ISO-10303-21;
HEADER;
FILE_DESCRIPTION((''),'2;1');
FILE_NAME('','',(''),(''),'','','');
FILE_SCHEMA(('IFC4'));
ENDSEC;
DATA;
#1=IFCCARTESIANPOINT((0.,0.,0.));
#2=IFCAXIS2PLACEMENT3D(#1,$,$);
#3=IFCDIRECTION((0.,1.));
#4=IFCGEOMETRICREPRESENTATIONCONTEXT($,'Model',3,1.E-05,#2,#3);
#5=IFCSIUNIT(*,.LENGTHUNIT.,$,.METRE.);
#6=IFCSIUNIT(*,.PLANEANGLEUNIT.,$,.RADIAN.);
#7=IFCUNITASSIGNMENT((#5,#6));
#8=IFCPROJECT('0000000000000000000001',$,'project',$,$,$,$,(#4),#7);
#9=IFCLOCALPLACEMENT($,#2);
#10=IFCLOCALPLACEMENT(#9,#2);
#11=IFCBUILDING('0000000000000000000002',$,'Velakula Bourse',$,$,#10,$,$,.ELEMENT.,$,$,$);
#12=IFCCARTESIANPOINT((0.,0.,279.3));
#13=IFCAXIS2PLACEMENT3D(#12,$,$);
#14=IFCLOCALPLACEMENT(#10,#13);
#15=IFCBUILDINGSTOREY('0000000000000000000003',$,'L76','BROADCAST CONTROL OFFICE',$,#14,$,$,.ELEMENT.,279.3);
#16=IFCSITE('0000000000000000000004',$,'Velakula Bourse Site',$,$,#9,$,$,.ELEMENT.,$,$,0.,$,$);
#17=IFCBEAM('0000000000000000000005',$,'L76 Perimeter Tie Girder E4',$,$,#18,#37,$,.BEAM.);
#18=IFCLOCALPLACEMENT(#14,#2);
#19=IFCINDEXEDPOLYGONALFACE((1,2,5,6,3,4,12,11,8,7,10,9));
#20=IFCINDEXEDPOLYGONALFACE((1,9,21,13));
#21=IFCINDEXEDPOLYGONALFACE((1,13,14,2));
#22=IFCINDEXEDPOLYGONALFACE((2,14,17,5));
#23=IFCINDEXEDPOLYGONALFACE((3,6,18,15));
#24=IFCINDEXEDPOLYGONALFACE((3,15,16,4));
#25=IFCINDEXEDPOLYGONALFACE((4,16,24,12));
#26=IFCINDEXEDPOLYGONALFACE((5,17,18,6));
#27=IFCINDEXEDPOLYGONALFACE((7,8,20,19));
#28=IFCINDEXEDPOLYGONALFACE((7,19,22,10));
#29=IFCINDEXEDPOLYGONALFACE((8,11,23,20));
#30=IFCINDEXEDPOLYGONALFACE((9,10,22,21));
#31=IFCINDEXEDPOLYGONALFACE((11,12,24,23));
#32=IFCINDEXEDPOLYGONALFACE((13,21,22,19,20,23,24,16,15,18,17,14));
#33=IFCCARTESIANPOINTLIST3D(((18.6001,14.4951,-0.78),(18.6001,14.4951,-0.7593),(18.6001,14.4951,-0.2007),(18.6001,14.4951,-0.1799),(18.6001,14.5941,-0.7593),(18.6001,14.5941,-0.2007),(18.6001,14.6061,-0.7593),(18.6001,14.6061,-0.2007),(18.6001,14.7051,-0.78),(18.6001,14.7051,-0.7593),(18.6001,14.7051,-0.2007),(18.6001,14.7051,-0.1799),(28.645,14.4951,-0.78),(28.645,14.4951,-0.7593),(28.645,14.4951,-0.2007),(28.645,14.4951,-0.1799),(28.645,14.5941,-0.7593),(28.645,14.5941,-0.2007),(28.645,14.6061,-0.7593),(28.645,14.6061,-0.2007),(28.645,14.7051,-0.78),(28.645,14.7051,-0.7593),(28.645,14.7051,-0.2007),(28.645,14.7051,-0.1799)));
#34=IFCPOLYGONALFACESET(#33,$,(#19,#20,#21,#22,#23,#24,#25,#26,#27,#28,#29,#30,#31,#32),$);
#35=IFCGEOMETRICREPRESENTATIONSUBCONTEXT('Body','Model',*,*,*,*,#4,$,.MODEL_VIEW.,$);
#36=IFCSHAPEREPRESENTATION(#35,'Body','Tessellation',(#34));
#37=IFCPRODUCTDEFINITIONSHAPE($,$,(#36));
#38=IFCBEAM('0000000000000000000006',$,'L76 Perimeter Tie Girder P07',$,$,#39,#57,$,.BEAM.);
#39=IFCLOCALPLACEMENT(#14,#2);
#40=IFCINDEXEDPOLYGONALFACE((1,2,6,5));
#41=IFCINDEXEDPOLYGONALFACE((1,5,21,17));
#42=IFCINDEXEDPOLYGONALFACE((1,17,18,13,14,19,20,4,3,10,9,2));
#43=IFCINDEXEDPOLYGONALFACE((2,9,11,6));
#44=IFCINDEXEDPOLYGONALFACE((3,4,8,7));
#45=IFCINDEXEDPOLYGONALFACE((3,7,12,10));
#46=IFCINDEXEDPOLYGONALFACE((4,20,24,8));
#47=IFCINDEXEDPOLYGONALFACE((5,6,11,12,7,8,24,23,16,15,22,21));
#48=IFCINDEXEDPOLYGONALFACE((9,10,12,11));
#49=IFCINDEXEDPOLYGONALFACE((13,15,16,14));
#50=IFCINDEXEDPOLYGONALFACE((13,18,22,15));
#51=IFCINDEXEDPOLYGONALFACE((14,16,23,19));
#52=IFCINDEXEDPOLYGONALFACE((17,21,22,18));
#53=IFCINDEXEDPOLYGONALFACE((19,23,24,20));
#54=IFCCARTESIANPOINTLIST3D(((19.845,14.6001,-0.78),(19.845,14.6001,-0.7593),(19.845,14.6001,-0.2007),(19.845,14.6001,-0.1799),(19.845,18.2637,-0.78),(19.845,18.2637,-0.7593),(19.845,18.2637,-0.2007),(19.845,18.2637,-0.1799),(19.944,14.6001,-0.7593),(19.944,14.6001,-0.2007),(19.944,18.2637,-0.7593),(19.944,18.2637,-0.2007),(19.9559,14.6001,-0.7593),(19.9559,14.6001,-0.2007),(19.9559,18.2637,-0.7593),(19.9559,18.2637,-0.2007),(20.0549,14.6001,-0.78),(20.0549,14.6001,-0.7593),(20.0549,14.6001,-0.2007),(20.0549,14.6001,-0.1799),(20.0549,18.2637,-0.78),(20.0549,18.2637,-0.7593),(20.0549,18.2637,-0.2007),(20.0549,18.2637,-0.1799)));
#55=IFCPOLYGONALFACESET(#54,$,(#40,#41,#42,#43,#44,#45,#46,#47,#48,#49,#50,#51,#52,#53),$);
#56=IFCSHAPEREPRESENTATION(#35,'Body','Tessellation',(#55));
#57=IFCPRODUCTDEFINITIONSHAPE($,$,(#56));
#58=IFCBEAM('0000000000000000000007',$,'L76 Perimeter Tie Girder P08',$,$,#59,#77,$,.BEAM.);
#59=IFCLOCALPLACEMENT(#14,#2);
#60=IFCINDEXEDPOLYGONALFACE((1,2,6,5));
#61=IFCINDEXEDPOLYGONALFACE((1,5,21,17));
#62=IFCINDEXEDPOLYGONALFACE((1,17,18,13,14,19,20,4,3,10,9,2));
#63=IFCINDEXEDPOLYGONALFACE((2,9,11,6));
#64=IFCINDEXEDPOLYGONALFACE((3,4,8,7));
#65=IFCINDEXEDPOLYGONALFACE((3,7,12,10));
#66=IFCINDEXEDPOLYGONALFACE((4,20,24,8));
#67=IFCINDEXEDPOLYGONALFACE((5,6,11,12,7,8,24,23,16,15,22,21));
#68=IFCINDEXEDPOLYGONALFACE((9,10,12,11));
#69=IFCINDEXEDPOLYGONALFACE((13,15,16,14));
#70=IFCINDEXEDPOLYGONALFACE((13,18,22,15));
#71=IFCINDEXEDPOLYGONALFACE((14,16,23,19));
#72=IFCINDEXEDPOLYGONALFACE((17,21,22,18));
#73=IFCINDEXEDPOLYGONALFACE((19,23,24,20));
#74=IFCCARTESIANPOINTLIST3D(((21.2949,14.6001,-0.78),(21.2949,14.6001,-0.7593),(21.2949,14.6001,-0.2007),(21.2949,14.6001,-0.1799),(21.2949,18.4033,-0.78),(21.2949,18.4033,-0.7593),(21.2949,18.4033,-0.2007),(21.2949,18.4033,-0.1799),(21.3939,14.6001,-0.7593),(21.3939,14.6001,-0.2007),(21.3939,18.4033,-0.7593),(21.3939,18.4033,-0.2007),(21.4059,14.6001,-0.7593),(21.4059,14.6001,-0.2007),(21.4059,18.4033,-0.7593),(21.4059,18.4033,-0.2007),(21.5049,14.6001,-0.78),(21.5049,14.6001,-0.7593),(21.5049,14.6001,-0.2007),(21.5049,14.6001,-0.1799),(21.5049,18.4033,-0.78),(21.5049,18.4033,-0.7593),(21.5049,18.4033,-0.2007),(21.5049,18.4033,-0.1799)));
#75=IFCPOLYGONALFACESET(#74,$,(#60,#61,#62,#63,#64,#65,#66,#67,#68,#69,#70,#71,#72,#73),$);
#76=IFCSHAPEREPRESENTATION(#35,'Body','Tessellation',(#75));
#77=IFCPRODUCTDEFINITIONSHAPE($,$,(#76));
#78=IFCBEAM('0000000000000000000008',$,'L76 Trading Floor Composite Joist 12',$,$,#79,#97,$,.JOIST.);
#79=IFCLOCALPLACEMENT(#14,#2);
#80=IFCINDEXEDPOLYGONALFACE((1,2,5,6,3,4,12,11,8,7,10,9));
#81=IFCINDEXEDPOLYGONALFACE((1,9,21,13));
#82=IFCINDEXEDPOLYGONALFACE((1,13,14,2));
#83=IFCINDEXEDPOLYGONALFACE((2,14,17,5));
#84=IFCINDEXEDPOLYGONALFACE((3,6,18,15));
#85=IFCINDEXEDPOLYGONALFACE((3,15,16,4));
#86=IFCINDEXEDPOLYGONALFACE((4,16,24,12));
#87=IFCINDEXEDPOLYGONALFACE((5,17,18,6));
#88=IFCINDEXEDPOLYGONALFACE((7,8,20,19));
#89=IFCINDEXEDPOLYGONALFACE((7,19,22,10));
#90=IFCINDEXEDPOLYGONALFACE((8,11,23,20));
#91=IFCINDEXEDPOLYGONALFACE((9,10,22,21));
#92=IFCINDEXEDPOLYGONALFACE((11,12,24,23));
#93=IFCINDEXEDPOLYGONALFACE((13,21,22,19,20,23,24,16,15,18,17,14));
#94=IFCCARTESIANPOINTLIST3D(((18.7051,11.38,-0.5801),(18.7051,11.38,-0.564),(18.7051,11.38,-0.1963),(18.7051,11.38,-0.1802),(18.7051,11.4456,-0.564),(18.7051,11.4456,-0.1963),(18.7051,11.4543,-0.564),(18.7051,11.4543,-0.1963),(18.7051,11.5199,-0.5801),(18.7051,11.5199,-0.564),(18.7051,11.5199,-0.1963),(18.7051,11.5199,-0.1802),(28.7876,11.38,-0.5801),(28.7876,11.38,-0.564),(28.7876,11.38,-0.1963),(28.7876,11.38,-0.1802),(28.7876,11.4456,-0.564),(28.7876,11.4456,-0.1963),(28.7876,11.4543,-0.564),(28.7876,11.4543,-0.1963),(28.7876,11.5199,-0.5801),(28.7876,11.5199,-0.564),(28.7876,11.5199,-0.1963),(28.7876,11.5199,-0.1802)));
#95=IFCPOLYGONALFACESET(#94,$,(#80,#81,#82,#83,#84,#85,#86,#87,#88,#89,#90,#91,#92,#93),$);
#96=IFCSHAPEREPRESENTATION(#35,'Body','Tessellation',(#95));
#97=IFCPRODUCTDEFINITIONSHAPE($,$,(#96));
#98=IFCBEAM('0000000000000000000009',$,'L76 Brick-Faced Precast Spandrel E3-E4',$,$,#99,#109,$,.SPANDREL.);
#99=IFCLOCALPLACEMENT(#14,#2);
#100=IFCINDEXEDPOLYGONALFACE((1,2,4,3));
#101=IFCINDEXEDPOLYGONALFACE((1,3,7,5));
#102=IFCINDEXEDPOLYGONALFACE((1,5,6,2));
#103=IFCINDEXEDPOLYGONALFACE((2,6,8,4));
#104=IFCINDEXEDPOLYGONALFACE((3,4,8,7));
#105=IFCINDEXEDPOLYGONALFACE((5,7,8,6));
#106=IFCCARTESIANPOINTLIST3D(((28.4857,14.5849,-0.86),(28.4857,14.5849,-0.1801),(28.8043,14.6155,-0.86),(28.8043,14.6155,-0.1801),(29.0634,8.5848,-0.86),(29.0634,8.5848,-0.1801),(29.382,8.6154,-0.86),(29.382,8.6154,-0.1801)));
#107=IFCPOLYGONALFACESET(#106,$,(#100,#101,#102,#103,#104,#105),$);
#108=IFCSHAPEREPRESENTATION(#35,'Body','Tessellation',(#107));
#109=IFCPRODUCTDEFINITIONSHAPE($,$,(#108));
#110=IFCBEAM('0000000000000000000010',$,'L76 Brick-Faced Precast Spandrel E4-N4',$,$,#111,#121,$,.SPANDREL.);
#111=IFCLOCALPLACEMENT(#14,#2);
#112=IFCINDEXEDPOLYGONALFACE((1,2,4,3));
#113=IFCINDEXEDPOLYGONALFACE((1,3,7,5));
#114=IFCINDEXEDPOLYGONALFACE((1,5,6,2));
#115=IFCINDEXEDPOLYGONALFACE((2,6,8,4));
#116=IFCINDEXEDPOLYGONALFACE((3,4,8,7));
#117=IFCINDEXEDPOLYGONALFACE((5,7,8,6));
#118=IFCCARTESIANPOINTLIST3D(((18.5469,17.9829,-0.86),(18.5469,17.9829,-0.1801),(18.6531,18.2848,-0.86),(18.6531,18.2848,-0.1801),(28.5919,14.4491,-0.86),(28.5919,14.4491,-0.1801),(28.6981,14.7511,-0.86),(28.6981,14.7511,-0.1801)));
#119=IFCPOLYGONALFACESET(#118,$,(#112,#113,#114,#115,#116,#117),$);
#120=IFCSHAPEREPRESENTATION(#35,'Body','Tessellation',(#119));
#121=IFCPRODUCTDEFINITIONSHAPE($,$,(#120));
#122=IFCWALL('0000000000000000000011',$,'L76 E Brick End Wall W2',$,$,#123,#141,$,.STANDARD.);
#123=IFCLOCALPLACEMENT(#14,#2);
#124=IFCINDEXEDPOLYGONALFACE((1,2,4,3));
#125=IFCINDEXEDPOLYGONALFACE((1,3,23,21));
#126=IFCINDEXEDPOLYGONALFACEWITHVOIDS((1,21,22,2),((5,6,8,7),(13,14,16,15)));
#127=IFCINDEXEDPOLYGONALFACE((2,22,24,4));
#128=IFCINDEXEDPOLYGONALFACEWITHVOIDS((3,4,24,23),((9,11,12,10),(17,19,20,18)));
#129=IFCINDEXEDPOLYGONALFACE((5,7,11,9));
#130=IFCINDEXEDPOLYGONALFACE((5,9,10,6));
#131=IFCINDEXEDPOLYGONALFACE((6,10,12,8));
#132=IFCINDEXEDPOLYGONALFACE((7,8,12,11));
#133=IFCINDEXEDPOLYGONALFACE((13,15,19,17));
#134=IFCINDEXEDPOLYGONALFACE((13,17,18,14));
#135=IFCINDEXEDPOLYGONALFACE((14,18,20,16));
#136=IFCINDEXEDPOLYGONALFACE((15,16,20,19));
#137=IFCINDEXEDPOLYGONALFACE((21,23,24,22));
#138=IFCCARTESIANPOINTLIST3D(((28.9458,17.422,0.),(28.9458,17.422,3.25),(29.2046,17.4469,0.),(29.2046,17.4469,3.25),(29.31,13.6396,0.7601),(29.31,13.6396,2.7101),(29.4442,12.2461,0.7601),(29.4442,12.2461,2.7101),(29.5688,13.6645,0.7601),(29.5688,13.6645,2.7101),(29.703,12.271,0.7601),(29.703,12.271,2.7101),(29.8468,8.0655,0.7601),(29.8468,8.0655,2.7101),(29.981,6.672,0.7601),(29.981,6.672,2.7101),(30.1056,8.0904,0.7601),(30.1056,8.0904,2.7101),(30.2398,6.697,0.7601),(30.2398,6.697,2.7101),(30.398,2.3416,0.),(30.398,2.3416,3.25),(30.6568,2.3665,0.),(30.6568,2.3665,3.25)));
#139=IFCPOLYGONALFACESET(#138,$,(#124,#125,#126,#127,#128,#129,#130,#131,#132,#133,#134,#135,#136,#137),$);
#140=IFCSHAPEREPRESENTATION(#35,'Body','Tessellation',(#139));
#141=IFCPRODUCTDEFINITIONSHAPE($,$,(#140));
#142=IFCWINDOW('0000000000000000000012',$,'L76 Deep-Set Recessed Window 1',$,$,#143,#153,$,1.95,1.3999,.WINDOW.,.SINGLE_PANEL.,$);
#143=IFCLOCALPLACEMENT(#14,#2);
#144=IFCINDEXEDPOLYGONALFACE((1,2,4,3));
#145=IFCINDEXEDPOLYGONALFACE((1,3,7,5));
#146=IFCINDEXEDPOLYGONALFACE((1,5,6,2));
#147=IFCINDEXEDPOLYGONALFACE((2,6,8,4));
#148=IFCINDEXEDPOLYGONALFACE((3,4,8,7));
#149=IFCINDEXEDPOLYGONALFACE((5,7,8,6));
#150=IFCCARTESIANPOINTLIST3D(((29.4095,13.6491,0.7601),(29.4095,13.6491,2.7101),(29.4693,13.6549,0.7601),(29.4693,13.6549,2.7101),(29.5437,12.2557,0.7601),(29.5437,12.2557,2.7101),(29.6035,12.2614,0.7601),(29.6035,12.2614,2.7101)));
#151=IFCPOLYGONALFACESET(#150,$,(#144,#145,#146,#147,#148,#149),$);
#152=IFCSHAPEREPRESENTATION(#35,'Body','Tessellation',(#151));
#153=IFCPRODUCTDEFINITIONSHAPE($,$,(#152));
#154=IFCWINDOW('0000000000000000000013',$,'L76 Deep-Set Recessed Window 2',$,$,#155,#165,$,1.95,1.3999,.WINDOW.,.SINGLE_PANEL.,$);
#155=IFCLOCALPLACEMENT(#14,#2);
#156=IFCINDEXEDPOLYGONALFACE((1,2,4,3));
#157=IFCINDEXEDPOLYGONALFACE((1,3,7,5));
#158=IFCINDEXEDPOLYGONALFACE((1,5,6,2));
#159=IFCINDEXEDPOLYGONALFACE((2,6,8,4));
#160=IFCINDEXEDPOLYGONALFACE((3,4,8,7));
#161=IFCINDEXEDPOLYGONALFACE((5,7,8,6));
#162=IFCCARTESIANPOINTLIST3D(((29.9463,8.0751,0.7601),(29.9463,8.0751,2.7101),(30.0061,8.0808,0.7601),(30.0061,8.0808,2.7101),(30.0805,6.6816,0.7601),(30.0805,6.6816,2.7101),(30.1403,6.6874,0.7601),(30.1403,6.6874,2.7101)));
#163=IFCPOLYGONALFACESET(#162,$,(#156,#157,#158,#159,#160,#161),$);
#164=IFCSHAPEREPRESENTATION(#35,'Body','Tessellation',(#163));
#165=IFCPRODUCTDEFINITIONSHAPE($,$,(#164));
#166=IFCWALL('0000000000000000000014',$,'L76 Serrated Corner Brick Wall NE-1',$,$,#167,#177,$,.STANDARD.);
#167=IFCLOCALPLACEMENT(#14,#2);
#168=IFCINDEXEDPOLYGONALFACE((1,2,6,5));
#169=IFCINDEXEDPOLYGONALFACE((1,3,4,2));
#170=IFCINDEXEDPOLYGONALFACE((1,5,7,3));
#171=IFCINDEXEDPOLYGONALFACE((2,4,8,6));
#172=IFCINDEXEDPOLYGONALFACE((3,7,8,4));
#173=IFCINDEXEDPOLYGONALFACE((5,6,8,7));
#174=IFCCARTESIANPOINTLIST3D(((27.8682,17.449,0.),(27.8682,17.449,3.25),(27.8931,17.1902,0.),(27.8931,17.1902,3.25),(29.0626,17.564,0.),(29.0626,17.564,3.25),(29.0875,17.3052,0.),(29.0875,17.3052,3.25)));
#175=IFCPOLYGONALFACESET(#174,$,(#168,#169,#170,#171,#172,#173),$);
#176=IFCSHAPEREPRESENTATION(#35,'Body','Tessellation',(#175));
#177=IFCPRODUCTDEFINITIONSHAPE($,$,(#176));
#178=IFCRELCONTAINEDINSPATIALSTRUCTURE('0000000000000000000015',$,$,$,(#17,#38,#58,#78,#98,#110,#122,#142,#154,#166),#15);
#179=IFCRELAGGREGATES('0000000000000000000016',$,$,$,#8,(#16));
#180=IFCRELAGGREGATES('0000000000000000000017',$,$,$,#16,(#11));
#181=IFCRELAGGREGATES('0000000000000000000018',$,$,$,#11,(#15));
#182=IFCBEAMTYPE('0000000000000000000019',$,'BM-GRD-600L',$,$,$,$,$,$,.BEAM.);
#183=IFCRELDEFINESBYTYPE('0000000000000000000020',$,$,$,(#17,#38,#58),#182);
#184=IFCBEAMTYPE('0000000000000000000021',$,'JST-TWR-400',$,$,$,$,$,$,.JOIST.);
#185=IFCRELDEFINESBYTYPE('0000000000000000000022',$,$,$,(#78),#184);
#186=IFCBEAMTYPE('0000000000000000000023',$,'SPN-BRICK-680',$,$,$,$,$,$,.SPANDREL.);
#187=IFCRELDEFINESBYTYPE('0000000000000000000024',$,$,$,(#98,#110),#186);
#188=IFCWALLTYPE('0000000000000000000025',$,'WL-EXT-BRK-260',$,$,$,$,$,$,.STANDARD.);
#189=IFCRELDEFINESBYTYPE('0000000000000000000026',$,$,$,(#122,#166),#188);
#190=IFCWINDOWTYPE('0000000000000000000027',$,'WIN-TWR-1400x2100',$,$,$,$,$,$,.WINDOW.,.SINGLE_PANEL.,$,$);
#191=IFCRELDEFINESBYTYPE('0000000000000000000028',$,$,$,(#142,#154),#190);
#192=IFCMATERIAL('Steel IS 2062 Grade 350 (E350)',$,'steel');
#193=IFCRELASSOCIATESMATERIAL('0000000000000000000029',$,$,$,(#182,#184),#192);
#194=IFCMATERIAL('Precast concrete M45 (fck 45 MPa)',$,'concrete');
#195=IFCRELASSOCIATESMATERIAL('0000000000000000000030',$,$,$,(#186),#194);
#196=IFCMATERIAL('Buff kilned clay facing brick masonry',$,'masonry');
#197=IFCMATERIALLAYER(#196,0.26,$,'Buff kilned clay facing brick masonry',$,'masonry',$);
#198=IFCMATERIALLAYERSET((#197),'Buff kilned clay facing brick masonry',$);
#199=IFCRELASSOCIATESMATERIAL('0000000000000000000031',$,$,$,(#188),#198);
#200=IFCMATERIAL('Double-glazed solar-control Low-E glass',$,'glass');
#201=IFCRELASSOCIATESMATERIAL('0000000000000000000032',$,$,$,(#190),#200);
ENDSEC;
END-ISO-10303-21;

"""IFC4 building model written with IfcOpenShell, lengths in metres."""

from ifc_helpers import new_model, si_unit, direction, frame, frame_2d, origin, origin_2d, place, context, subcontext, project, spatial, rectangle, i_section, extrude, material, layer, layer_set, material_profile, profile_set, type_object, element, fill, save


model = new_model("IFC4")

# Units and contexts
model_context = context("Model", 3, precision=1e-05, world=origin(), true_north=direction((0.0, 1.0)))
body_context = subcontext(model_context, "Body", "Model", "MODEL_VIEW")
ifc_project = project(units=[si_unit("LENGTHUNIT", "METRE"), si_unit("PLANEANGLEUNIT", "RADIAN")], contexts=[model_context])

# Site, building, storey
site_placement = place(None, origin())
site = spatial("IfcSite", under=ifc_project, at=site_placement, Name="Velakula Bourse Site", CompositionType="ELEMENT", RefElevation=0.0)
building_placement = place(site_placement, origin())
building = spatial("IfcBuilding", under=site, at=building_placement, Name="Velakula Bourse", CompositionType="ELEMENT")
storey_placement = place(building_placement, frame((0.0, 0.0, 279.3)))
storey = spatial("IfcBuildingStorey", under=building, at=storey_placement, Name="L76", Description="BROADCAST CONTROL OFFICE", CompositionType="ELEMENT", Elevation=279.3)

# Shared definitions
ifc_material_1 = material(Name="Steel IS 2062 Grade 350 (E350)", Category="steel")
ifc_material_2 = material(Name="Precast concrete M45 (fck 45 MPa)", Category="concrete")

# Beams
ifc_material_profile_1 = material_profile(ifc_material_1, i_section(OverallWidth=0.21, OverallDepth=0.6001, WebThickness=0.012, FlangeThickness=0.0208, at=origin_2d()), Name="Steel IS 2062 Grade 350 (E350)")
ifc_profile_set_1 = profile_set([ifc_material_profile_1], Name="Steel IS 2062 Grade 350 (E350)")
beam_type_1 = type_object("IfcBeamType", Name="BM-GRD-600L", PredefinedType="BEAM", material=ifc_profile_set_1)
beam_1_placement = place(storey_placement, frame((18.6001, 14.6001, -0.48), z_axis=(1.0, 0.0, 0.0), x_axis=(0.0, 1.0, 0.0)))
element("IfcBeam", 1, at=beam_1_placement, inside=storey, type_object=beam_type_1, Name="L76 Perimeter Tie Girder E4", PredefinedType="BEAM", context=body_context, shape_type="SweptSolid", body=[
    extrude(i_section(OverallWidth=0.21, OverallDepth=0.6001, WebThickness=0.012, FlangeThickness=0.0208, at=origin_2d()), origin(), (0.0, 0.0, 1.0), 10.0449),
])
beam_2_placement = place(storey_placement, frame((19.95, 14.6001, -0.48), z_axis=(0.0, 1.0, 0.0), x_axis=(-1.0, 0.0, 0.0)))
element("IfcBeam", 2, at=beam_2_placement, inside=storey, type_object=beam_type_1, Name="L76 Perimeter Tie Girder P07", PredefinedType="BEAM", context=body_context, shape_type="SweptSolid", body=[
    extrude(i_section(OverallWidth=0.21, OverallDepth=0.6001, WebThickness=0.012, FlangeThickness=0.0208, at=origin_2d()), origin(), (0.0, 0.0, 1.0), 3.6636),
])
beam_3_placement = place(storey_placement, frame((21.3999, 14.6001, -0.48), z_axis=(0.0, 1.0, 0.0), x_axis=(-1.0, 0.0, 0.0)))
element("IfcBeam", 3, at=beam_3_placement, inside=storey, type_object=beam_type_1, Name="L76 Perimeter Tie Girder P08", PredefinedType="BEAM", context=body_context, shape_type="SweptSolid", body=[
    extrude(i_section(OverallWidth=0.21, OverallDepth=0.6001, WebThickness=0.012, FlangeThickness=0.0208, at=origin_2d()), origin(), (0.0, 0.0, 1.0), 3.8032),
])
ifc_material_profile_2 = material_profile(ifc_material_1, i_section(OverallWidth=0.1399, OverallDepth=0.3999, WebThickness=0.0088, FlangeThickness=0.0161, at=origin_2d()), Name="Steel IS 2062 Grade 350 (E350)")
ifc_profile_set_2 = profile_set([ifc_material_profile_2], Name="Steel IS 2062 Grade 350 (E350)")
beam_type_2 = type_object("IfcBeamType", Name="JST-TWR-400", PredefinedType="JOIST", material=ifc_profile_set_2)
beam_4_placement = place(storey_placement, frame((18.7051, 11.45, -0.3801), z_axis=(1.0, 0.0, 0.0), x_axis=(0.0, 1.0, 0.0)))
element("IfcBeam", 4, at=beam_4_placement, inside=storey, type_object=beam_type_2, Name="L76 Trading Floor Composite Joist 12", PredefinedType="JOIST", context=body_context, shape_type="SweptSolid", body=[
    extrude(i_section(OverallWidth=0.1399, OverallDepth=0.3999, WebThickness=0.0088, FlangeThickness=0.0161, at=origin_2d()), origin(), (0.0, 0.0, 1.0), 10.0825),
])
ifc_material_profile_3 = material_profile(ifc_material_2, rectangle(XDim=0.3201, YDim=0.6799, at=origin_2d()), Name="Precast concrete M45 (fck 45 MPa)")
ifc_profile_set_3 = profile_set([ifc_material_profile_3], Name="Precast concrete M45 (fck 45 MPa)")
beam_type_3 = type_object("IfcBeamType", Name="SPN-BRICK-680", PredefinedType="SPANDREL", material=ifc_profile_set_3)
beam_5_placement = place(storey_placement, frame((29.2227, 8.6001, -0.52), z_axis=(-0.09583, 0.995398, 0.0), x_axis=(-0.995398, -0.09583, 0.0)))
element("IfcBeam", 5, at=beam_5_placement, inside=storey, type_object=beam_type_3, Name="L76 Brick-Faced Precast Spandrel E3-E4", PredefinedType="SPANDREL", context=body_context, shape_type="SweptSolid", body=[
    extrude(rectangle(XDim=0.3201, YDim=0.6799, at=origin_2d()), origin(), (0.0, 0.0, 1.0), 6.0278),
])
beam_6_placement = place(storey_placement, frame((28.645, 14.6001, -0.52), z_axis=(-0.943331, 0.331853, 0.0), x_axis=(-0.331853, -0.943331, 0.0)))
element("IfcBeam", 6, at=beam_6_placement, inside=storey, type_object=beam_type_3, Name="L76 Brick-Faced Precast Spandrel E4-N4", PredefinedType="SPANDREL", context=body_context, shape_type="SweptSolid", body=[
    extrude(rectangle(XDim=0.3201, YDim=0.6799, at=origin_2d()), origin(), (0.0, 0.0, 1.0), 10.6484),
])

# Wall, openings, windows
ifc_material_3 = material(Name="Buff kilned clay facing brick masonry", Category="masonry")
ifc_layer_1 = layer(ifc_material_3, 0.26, Name="Buff kilned clay facing brick masonry", Category="masonry")
ifc_layer_set_1 = layer_set([ifc_layer_1], Name="Buff kilned clay facing brick masonry")
wall_type_1 = type_object("IfcWallType", Name="WL-EXT-BRK-260", PredefinedType="STANDARD", material=ifc_layer_set_1)
wall_1_placement = place(storey_placement, frame((29.0752, 17.4346, 0.0), z_axis=(0.0, 0.0, 1.0), x_axis=(0.095851, -0.995396, 0.0)))
wall_1 = element("IfcWall", 7, at=wall_1_placement, inside=storey, type_object=wall_type_1, Name="L76 E Brick End Wall W2", PredefinedType="STANDARD", context=body_context, shape_type="SweptSolid", body=[
    extrude(rectangle(XDim=15.1501, YDim=0.26, at=frame_2d((7.5752, 0.0))), origin(), (0.0, 0.0, 1.0), 3.25),
])
opening_1_placement = place(wall_1_placement, frame((3.8, 0.0, 0.76)))
opening_1 = element("IfcOpeningElement", 8, at=opening_1_placement, cuts=wall_1, PredefinedType="OPENING", context=body_context, shape_type="SweptSolid", body=[
    extrude(rectangle(XDim=1.3999, YDim=1.95, at=frame_2d((0.7, 0.9751))), frame((0.0, 0.1399, 0.0), z_axis=(0.0, -1.0, 0.0), x_axis=(1.0, 0.0, 0.0)), (0.0, 0.0, 1.0), 0.28),
])
opening_2_placement = place(wall_1_placement, frame((9.3999, 0.0, 0.76)))
opening_2 = element("IfcOpeningElement", 9, at=opening_2_placement, cuts=wall_1, PredefinedType="OPENING", context=body_context, shape_type="SweptSolid", body=[
    extrude(rectangle(XDim=1.3999, YDim=1.95, at=frame_2d((0.7, 0.9751))), frame((0.0, 0.1399, 0.0), z_axis=(0.0, -1.0, 0.0), x_axis=(1.0, 0.0, 0.0)), (0.0, 0.0, 1.0), 0.28),
])
ifc_material_4 = material(Name="Double-glazed solar-control Low-E glass", Category="glass")
window_type = type_object("IfcWindowType", Name="WIN-TWR-1400x2100", PartitioningType="SINGLE_PANEL", PredefinedType="WINDOW", material=ifc_material_4)
window_1_placement = place(opening_1_placement, origin())
window_1 = element("IfcWindow", 10, at=window_1_placement, inside=storey, type_object=window_type, Name="L76 Deep-Set Recessed Window 1", OverallHeight=1.95, OverallWidth=1.3999, PartitioningType="SINGLE_PANEL", PredefinedType="WINDOW", context=body_context, shape_type="SweptSolid", body=[
    extrude(rectangle(XDim=1.3999, YDim=1.95, at=frame_2d((0.7, 0.9751))), frame((0.0, 0.03, 0.0), z_axis=(0.0, -1.0, 0.0), x_axis=(1.0, 0.0, 0.0)), (0.0, 0.0, 1.0), 0.0601),
])
fill(opening_1, window_1)
window_2_placement = place(opening_2_placement, origin())
window_2 = element("IfcWindow", 11, at=window_2_placement, inside=storey, type_object=window_type, Name="L76 Deep-Set Recessed Window 2", OverallHeight=1.95, OverallWidth=1.3999, PartitioningType="SINGLE_PANEL", PredefinedType="WINDOW", context=body_context, shape_type="SweptSolid", body=[
    extrude(rectangle(XDim=1.3999, YDim=1.95, at=frame_2d((0.7, 0.9751))), frame((0.0, 0.03, 0.0), z_axis=(0.0, -1.0, 0.0), x_axis=(1.0, 0.0, 0.0)), (0.0, 0.0, 1.0), 0.0601),
])
fill(opening_2, window_2)

# Wall
for number, where, z_axis, x_axis, name in (
    (12, (29.0752, 17.4346, 0.0), (0.0, 0.0, 1.0), (-0.995397, -0.095836, 0.0), "L76 Serrated Corner Brick Wall NE-1"),
):
    element("IfcWall", number, at=place(storey_placement, frame(where, z_axis=z_axis, x_axis=x_axis)), inside=storey, type_object=wall_type_1, Name=name, PredefinedType="STANDARD", context=body_context, shape_type="SweptSolid", body=[
        extrude(rectangle(XDim=1.2, YDim=0.26, at=frame_2d((0.6001, 0.0))), origin(), (0.0, 0.0, 1.0), 3.25),
    ])

save(model, "model.ifc")
